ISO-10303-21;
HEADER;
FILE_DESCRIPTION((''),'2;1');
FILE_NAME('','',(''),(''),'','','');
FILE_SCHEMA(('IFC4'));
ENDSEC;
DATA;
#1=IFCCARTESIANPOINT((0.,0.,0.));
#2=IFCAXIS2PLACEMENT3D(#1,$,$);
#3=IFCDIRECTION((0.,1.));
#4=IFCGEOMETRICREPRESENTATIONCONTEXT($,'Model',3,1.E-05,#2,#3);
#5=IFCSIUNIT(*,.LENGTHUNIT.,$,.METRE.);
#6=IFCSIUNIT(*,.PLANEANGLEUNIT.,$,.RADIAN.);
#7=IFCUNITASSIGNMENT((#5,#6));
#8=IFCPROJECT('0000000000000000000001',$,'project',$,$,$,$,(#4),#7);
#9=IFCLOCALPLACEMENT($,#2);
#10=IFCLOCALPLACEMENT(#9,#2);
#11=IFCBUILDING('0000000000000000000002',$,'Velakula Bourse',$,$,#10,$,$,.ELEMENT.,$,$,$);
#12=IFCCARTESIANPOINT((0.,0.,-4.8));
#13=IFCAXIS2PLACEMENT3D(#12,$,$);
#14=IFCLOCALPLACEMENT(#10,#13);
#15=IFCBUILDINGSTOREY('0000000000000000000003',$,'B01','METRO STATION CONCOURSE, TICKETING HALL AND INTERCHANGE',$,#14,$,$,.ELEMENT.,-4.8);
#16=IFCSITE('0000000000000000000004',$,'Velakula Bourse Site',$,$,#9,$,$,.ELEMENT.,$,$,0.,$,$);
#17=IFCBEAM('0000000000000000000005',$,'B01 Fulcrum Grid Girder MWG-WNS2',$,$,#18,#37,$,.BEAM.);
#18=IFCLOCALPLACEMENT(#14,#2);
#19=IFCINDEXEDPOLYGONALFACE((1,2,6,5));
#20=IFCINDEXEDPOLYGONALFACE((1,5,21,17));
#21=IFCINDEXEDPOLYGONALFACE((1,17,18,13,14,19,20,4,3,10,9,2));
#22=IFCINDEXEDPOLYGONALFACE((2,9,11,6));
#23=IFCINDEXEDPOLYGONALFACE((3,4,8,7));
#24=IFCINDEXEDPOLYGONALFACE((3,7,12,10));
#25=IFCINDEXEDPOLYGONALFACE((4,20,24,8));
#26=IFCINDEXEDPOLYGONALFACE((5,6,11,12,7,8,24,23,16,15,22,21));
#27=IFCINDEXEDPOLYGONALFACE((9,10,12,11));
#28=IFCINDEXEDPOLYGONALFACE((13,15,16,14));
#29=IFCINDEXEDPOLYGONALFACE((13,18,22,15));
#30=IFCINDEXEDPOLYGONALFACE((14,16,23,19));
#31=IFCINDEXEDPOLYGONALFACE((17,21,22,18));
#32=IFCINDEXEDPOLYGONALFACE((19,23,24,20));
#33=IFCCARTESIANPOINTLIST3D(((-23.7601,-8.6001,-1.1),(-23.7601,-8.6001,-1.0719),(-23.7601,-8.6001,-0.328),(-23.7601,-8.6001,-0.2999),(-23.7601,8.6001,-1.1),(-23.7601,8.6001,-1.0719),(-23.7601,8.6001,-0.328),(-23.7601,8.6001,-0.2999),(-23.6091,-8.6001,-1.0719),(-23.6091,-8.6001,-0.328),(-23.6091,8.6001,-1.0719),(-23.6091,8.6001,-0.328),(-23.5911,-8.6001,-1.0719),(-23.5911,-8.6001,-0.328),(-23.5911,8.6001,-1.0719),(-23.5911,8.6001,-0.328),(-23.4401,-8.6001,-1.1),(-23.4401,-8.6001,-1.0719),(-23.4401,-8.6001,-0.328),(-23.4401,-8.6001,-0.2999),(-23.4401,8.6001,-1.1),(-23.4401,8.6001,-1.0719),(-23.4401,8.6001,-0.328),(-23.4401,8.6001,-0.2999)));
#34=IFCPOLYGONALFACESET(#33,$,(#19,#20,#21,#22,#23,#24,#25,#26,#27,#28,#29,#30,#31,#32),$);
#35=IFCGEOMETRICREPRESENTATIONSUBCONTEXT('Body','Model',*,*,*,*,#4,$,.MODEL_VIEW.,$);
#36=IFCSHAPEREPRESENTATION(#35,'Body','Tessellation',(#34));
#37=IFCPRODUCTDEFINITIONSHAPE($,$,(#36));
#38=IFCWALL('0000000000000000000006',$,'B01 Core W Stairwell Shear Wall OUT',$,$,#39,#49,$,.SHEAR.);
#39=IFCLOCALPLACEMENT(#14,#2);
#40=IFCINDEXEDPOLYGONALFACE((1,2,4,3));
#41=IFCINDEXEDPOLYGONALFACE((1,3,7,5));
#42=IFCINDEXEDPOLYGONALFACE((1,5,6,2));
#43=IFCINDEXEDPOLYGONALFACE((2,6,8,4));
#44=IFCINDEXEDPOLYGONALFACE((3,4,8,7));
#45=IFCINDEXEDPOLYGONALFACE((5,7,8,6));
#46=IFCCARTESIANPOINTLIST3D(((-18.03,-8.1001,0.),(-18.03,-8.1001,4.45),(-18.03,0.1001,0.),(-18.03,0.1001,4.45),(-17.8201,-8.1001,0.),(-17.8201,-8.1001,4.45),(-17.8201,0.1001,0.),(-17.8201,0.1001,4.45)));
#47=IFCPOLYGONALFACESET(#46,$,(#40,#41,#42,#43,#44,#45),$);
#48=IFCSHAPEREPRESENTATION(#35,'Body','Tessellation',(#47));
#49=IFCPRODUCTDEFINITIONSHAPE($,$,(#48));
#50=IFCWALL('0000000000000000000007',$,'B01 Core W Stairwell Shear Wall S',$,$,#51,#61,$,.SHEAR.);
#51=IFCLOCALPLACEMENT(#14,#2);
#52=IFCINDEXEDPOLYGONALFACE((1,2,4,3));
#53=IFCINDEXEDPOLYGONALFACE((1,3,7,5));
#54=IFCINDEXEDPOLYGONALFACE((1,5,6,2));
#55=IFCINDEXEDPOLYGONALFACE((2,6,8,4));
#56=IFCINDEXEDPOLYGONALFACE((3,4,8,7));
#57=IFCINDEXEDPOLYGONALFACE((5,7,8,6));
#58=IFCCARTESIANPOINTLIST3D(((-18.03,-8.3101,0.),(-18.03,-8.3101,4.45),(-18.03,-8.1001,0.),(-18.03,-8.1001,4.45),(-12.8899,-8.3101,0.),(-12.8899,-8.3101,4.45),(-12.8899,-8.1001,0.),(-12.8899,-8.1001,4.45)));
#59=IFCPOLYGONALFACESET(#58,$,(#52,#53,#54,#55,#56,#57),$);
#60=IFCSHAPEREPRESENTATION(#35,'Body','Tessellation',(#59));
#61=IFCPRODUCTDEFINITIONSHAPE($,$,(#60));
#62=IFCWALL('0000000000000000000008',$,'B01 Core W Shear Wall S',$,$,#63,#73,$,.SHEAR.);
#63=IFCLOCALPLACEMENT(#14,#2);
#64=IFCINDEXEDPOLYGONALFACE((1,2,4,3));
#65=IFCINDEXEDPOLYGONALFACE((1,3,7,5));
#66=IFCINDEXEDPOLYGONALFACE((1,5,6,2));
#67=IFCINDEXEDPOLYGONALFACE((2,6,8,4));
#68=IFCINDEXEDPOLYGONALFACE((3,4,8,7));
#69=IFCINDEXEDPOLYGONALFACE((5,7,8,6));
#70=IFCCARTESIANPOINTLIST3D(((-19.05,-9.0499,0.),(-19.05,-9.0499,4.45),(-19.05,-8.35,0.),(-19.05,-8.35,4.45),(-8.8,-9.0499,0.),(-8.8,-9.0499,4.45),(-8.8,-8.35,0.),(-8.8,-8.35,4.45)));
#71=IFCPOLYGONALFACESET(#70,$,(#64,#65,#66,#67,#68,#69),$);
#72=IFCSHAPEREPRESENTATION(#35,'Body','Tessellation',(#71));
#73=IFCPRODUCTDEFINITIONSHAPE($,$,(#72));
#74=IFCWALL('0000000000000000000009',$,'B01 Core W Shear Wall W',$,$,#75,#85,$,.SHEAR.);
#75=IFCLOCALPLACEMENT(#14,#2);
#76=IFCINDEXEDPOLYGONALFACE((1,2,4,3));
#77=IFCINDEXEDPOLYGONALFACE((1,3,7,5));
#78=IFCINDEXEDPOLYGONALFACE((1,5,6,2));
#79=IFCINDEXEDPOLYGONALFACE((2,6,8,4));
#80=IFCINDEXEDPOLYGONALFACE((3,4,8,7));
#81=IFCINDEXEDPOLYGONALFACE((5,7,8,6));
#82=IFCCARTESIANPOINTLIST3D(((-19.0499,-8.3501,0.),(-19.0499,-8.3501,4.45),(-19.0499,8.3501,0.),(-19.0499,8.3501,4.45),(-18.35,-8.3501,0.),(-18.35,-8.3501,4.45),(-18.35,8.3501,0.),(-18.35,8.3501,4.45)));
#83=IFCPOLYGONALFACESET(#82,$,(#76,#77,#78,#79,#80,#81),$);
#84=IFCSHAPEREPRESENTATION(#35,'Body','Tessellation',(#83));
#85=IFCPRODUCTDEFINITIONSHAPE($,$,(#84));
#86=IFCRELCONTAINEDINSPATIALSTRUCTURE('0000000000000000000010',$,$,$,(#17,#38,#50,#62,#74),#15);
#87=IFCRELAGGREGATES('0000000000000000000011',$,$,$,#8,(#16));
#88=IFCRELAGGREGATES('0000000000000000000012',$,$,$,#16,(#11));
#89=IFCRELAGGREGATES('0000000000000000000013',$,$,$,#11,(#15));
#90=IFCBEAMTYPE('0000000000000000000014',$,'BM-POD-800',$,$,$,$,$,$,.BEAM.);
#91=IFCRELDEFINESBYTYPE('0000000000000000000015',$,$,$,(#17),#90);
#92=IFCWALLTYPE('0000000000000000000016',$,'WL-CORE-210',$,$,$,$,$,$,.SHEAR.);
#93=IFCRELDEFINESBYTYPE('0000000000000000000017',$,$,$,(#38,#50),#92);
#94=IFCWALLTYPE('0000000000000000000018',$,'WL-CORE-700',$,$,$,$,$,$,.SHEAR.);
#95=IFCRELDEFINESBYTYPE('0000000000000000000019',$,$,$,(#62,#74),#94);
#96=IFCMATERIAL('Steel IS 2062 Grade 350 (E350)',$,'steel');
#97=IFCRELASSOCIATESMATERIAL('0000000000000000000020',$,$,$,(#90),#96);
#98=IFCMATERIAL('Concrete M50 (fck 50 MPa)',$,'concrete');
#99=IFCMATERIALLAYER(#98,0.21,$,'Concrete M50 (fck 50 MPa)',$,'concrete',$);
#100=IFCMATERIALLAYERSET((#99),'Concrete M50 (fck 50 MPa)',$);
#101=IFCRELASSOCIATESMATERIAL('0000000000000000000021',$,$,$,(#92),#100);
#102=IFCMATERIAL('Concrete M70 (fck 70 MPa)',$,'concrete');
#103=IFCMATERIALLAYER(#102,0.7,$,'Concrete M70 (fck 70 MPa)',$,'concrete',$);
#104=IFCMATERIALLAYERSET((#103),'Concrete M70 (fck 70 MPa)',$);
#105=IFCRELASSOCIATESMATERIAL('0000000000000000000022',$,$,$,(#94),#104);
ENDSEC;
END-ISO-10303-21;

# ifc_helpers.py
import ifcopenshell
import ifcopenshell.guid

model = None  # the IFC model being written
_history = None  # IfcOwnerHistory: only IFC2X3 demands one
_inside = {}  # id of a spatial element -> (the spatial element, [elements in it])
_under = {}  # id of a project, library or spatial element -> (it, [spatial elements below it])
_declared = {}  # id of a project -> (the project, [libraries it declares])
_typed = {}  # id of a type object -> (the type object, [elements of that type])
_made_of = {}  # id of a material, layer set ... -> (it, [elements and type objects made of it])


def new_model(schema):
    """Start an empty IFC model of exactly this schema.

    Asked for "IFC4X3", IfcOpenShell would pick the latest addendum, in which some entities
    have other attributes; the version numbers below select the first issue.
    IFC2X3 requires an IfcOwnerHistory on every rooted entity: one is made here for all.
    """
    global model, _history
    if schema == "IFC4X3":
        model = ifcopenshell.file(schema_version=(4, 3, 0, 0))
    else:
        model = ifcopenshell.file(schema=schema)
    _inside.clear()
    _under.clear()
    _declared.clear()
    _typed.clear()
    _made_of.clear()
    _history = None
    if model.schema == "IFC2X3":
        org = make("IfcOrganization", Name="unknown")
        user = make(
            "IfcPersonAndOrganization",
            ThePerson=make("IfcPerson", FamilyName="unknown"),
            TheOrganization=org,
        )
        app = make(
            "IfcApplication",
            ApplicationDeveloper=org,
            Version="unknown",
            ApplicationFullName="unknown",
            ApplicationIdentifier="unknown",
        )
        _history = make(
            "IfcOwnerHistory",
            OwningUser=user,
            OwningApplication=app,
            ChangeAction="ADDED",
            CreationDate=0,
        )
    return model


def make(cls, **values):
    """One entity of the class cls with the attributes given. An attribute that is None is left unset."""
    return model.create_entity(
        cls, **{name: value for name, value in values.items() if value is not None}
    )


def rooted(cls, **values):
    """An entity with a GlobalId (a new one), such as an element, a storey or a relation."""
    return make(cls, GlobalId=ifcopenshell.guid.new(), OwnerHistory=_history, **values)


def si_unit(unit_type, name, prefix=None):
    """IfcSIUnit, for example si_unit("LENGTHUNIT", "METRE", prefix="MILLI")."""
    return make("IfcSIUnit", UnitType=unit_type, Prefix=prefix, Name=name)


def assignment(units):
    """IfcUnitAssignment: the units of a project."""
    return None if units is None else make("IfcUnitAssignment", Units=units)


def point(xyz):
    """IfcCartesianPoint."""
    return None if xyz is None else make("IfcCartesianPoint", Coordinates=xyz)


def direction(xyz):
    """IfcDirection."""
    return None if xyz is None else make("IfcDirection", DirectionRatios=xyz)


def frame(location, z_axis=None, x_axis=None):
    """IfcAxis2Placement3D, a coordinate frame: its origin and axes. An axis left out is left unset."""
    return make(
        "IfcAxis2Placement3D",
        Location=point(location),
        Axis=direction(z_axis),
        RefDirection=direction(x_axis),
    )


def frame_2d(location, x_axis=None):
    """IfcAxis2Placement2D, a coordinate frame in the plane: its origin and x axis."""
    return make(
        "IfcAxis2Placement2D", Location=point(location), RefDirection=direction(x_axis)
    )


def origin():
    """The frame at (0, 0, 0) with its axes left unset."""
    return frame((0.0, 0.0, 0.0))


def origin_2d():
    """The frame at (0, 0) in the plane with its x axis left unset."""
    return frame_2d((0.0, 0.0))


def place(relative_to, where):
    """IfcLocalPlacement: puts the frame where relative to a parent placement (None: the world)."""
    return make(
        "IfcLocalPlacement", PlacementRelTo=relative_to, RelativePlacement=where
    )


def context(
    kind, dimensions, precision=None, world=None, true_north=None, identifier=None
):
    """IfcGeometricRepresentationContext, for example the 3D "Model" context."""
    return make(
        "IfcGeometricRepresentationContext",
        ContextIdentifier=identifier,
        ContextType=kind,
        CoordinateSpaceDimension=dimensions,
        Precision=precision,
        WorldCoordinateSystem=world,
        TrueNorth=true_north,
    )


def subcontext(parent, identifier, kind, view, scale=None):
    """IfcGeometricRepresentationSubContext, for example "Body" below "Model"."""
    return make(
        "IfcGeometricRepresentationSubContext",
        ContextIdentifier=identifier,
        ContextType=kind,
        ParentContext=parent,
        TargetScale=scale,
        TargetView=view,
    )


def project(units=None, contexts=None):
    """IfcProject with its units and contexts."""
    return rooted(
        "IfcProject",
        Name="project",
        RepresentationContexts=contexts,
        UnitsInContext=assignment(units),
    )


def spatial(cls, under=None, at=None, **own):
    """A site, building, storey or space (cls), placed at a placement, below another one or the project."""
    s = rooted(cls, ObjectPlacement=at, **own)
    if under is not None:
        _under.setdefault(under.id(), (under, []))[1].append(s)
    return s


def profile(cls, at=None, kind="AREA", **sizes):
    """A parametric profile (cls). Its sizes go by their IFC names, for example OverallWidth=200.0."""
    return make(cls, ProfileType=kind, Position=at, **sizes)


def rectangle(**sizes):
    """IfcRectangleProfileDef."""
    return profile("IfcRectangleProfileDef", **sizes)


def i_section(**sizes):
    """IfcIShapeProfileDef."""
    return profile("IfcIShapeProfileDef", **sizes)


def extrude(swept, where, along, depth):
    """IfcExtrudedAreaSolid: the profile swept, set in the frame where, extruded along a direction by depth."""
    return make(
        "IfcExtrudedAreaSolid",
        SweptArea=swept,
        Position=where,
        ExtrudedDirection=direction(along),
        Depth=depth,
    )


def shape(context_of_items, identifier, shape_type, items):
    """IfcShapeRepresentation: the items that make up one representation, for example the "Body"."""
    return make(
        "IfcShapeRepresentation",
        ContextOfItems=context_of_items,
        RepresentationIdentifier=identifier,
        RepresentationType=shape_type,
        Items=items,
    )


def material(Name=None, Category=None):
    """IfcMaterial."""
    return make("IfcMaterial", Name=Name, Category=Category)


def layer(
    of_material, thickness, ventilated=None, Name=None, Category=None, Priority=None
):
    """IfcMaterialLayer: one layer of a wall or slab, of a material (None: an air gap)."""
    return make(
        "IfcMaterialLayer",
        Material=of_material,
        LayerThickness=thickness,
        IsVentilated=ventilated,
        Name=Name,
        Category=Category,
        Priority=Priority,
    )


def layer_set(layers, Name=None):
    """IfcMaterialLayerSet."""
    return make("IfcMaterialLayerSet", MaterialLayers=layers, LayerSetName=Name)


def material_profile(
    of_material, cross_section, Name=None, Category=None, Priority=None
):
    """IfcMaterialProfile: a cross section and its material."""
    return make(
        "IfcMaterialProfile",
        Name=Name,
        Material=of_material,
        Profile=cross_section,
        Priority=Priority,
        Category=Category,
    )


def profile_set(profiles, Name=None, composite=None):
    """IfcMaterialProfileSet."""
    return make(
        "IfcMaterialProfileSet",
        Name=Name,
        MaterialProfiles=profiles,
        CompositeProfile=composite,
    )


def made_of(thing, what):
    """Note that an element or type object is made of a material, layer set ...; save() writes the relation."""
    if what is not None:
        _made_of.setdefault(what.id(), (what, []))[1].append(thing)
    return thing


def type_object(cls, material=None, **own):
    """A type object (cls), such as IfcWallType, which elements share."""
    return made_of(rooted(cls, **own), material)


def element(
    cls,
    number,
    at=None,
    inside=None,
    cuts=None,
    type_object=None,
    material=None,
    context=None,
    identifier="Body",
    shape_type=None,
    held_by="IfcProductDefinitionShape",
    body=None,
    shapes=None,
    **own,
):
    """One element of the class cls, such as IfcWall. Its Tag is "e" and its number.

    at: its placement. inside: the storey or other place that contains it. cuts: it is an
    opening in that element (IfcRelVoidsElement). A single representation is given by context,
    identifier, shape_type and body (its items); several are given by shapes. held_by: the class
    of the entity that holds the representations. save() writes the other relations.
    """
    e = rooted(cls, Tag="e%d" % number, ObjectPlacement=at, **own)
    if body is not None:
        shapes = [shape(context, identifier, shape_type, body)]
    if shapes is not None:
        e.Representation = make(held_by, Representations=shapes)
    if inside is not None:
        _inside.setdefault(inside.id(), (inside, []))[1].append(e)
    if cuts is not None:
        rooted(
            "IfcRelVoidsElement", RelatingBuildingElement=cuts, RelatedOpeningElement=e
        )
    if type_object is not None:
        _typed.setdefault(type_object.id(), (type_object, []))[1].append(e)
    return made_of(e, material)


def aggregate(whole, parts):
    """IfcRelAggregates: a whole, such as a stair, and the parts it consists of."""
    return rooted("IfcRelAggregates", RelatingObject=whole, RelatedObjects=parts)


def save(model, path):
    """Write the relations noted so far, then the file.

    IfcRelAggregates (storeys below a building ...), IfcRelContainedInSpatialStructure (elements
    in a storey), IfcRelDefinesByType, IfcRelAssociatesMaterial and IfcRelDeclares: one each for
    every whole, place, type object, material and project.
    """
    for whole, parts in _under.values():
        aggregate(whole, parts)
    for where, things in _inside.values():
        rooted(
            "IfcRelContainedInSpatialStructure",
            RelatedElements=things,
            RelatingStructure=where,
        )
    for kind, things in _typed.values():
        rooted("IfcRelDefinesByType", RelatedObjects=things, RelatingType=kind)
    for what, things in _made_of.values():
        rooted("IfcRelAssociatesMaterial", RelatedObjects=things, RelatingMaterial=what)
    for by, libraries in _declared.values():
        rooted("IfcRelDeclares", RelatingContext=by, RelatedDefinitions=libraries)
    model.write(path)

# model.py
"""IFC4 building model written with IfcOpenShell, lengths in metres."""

from ifc_helpers import new_model, si_unit, direction, frame, frame_2d, origin, origin_2d, place, context, subcontext, project, spatial, rectangle, i_section, extrude, material, layer, layer_set, material_profile, profile_set, type_object, element, save


model = new_model("IFC4")

# Units and contexts
model_context = context("Model", 3, precision=1e-05, world=origin(), true_north=direction((0.0, 1.0)))
body_context = subcontext(model_context, "Body", "Model", "MODEL_VIEW")
ifc_project = project(units=[si_unit("LENGTHUNIT", "METRE"), si_unit("PLANEANGLEUNIT", "RADIAN")], contexts=[model_context])

# Site, building, storey
site_placement = place(None, origin())
site = spatial("IfcSite", under=ifc_project, at=site_placement, Name="Velakula Bourse Site", CompositionType="ELEMENT", RefElevation=0.0)
building_placement = place(site_placement, origin())
building = spatial("IfcBuilding", under=site, at=building_placement, Name="Velakula Bourse", CompositionType="ELEMENT")
storey_placement = place(building_placement, frame((0.0, 0.0, -4.8)))
storey = spatial("IfcBuildingStorey", under=building, at=storey_placement, Name="B01", Description="METRO STATION CONCOURSE, TICKETING HALL AND INTERCHANGE", CompositionType="ELEMENT", Elevation=-4.8)

# Shared definitions
ifc_material_1 = material(Name="Concrete M70 (fck 70 MPa)", Category="concrete")

# Beam
ifc_material_2 = material(Name="Steel IS 2062 Grade 350 (E350)", Category="steel")
ifc_material_profile_1 = material_profile(ifc_material_2, i_section(OverallWidth=0.3201, OverallDepth=0.8, WebThickness=0.0181, FlangeThickness=0.0281, at=origin_2d()), Name="Steel IS 2062 Grade 350 (E350)")
ifc_profile_set_1 = profile_set([ifc_material_profile_1], Name="Steel IS 2062 Grade 350 (E350)")
beam_type = type_object("IfcBeamType", Name="BM-POD-800", PredefinedType="BEAM", material=ifc_profile_set_1)
beam_1_placement = place(storey_placement, frame((-23.6001, -8.6001, -0.7), z_axis=(0.0, 1.0, 0.0), x_axis=(-1.0, 0.0, 0.0)))
element("IfcBeam", 1, at=beam_1_placement, inside=storey, type_object=beam_type, Name="B01 Fulcrum Grid Girder MWG-WNS2", PredefinedType="BEAM", context=body_context, shape_type="SweptSolid", body=[
    extrude(i_section(OverallWidth=0.3201, OverallDepth=0.8, WebThickness=0.0181, FlangeThickness=0.0281, at=origin_2d()), origin(), (0.0, 0.0, 1.0), 17.2002),
])

# Walls
ifc_material_3 = material(Name="Concrete M50 (fck 50 MPa)", Category="concrete")
ifc_layer_1 = layer(ifc_material_3, 0.21, Name="Concrete M50 (fck 50 MPa)", Category="concrete")
ifc_layer_set_1 = layer_set([ifc_layer_1], Name="Concrete M50 (fck 50 MPa)")
wall_type_1 = type_object("IfcWallType", Name="WL-CORE-210", PredefinedType="SHEAR", material=ifc_layer_set_1)
wall_1_placement = place(storey_placement, frame((-17.925, -8.1001, 0.0), z_axis=(0.0, 0.0, 1.0), x_axis=(0.0, 1.0, 0.0)))
element("IfcWall", 2, at=wall_1_placement, inside=storey, type_object=wall_type_1, Name="B01 Core W Stairwell Shear Wall OUT", PredefinedType="SHEAR", context=body_context, shape_type="SweptSolid", body=[
    extrude(rectangle(XDim=8.2002, YDim=0.21, at=frame_2d((4.1001, 0.0))), origin(), (0.0, 0.0, 1.0), 4.45),
])
wall_2_placement = place(storey_placement, frame((-18.03, -8.2051, 0.0), z_axis=(0.0, 0.0, 1.0), x_axis=(1.0, 0.0, 0.0)))
element("IfcWall", 3, at=wall_2_placement, inside=storey, type_object=wall_type_1, Name="B01 Core W Stairwell Shear Wall S", PredefinedType="SHEAR", context=body_context, shape_type="SweptSolid", body=[
    extrude(rectangle(XDim=5.1401, YDim=0.21, at=frame_2d((2.5701, 0.0))), origin(), (0.0, 0.0, 1.0), 4.45),
])
ifc_layer_2 = layer(ifc_material_1, 0.7, Name="Concrete M70 (fck 70 MPa)", Category="concrete")
ifc_layer_set_2 = layer_set([ifc_layer_2], Name="Concrete M70 (fck 70 MPa)")
wall_type_2 = type_object("IfcWallType", Name="WL-CORE-700", PredefinedType="SHEAR", material=ifc_layer_set_2)
wall_3_placement = place(storey_placement, frame((-19.05, -8.7, 0.0), z_axis=(0.0, 0.0, 1.0), x_axis=(1.0, 0.0, 0.0)))
element("IfcWall", 4, at=wall_3_placement, inside=storey, type_object=wall_type_2, Name="B01 Core W Shear Wall S", PredefinedType="SHEAR", context=body_context, shape_type="SweptSolid", body=[
    extrude(rectangle(XDim=10.25, YDim=0.7, at=frame_2d((5.125, 0.0))), origin(), (0.0, 0.0, 1.0), 4.45),
])
wall_4_placement = place(storey_placement, frame((-18.7, -8.3501, 0.0), z_axis=(0.0, 0.0, 1.0), x_axis=(0.0, 1.0, 0.0)))
element("IfcWall", 5, at=wall_4_placement, inside=storey, type_object=wall_type_2, Name="B01 Core W Shear Wall W", PredefinedType="SHEAR", context=body_context, shape_type="SweptSolid", body=[
    extrude(rectangle(XDim=16.7002, YDim=0.7, at=frame_2d((8.3501, 0.0))), origin(), (0.0, 0.0, 1.0), 4.45),
])

save(model, "model.ifc")
